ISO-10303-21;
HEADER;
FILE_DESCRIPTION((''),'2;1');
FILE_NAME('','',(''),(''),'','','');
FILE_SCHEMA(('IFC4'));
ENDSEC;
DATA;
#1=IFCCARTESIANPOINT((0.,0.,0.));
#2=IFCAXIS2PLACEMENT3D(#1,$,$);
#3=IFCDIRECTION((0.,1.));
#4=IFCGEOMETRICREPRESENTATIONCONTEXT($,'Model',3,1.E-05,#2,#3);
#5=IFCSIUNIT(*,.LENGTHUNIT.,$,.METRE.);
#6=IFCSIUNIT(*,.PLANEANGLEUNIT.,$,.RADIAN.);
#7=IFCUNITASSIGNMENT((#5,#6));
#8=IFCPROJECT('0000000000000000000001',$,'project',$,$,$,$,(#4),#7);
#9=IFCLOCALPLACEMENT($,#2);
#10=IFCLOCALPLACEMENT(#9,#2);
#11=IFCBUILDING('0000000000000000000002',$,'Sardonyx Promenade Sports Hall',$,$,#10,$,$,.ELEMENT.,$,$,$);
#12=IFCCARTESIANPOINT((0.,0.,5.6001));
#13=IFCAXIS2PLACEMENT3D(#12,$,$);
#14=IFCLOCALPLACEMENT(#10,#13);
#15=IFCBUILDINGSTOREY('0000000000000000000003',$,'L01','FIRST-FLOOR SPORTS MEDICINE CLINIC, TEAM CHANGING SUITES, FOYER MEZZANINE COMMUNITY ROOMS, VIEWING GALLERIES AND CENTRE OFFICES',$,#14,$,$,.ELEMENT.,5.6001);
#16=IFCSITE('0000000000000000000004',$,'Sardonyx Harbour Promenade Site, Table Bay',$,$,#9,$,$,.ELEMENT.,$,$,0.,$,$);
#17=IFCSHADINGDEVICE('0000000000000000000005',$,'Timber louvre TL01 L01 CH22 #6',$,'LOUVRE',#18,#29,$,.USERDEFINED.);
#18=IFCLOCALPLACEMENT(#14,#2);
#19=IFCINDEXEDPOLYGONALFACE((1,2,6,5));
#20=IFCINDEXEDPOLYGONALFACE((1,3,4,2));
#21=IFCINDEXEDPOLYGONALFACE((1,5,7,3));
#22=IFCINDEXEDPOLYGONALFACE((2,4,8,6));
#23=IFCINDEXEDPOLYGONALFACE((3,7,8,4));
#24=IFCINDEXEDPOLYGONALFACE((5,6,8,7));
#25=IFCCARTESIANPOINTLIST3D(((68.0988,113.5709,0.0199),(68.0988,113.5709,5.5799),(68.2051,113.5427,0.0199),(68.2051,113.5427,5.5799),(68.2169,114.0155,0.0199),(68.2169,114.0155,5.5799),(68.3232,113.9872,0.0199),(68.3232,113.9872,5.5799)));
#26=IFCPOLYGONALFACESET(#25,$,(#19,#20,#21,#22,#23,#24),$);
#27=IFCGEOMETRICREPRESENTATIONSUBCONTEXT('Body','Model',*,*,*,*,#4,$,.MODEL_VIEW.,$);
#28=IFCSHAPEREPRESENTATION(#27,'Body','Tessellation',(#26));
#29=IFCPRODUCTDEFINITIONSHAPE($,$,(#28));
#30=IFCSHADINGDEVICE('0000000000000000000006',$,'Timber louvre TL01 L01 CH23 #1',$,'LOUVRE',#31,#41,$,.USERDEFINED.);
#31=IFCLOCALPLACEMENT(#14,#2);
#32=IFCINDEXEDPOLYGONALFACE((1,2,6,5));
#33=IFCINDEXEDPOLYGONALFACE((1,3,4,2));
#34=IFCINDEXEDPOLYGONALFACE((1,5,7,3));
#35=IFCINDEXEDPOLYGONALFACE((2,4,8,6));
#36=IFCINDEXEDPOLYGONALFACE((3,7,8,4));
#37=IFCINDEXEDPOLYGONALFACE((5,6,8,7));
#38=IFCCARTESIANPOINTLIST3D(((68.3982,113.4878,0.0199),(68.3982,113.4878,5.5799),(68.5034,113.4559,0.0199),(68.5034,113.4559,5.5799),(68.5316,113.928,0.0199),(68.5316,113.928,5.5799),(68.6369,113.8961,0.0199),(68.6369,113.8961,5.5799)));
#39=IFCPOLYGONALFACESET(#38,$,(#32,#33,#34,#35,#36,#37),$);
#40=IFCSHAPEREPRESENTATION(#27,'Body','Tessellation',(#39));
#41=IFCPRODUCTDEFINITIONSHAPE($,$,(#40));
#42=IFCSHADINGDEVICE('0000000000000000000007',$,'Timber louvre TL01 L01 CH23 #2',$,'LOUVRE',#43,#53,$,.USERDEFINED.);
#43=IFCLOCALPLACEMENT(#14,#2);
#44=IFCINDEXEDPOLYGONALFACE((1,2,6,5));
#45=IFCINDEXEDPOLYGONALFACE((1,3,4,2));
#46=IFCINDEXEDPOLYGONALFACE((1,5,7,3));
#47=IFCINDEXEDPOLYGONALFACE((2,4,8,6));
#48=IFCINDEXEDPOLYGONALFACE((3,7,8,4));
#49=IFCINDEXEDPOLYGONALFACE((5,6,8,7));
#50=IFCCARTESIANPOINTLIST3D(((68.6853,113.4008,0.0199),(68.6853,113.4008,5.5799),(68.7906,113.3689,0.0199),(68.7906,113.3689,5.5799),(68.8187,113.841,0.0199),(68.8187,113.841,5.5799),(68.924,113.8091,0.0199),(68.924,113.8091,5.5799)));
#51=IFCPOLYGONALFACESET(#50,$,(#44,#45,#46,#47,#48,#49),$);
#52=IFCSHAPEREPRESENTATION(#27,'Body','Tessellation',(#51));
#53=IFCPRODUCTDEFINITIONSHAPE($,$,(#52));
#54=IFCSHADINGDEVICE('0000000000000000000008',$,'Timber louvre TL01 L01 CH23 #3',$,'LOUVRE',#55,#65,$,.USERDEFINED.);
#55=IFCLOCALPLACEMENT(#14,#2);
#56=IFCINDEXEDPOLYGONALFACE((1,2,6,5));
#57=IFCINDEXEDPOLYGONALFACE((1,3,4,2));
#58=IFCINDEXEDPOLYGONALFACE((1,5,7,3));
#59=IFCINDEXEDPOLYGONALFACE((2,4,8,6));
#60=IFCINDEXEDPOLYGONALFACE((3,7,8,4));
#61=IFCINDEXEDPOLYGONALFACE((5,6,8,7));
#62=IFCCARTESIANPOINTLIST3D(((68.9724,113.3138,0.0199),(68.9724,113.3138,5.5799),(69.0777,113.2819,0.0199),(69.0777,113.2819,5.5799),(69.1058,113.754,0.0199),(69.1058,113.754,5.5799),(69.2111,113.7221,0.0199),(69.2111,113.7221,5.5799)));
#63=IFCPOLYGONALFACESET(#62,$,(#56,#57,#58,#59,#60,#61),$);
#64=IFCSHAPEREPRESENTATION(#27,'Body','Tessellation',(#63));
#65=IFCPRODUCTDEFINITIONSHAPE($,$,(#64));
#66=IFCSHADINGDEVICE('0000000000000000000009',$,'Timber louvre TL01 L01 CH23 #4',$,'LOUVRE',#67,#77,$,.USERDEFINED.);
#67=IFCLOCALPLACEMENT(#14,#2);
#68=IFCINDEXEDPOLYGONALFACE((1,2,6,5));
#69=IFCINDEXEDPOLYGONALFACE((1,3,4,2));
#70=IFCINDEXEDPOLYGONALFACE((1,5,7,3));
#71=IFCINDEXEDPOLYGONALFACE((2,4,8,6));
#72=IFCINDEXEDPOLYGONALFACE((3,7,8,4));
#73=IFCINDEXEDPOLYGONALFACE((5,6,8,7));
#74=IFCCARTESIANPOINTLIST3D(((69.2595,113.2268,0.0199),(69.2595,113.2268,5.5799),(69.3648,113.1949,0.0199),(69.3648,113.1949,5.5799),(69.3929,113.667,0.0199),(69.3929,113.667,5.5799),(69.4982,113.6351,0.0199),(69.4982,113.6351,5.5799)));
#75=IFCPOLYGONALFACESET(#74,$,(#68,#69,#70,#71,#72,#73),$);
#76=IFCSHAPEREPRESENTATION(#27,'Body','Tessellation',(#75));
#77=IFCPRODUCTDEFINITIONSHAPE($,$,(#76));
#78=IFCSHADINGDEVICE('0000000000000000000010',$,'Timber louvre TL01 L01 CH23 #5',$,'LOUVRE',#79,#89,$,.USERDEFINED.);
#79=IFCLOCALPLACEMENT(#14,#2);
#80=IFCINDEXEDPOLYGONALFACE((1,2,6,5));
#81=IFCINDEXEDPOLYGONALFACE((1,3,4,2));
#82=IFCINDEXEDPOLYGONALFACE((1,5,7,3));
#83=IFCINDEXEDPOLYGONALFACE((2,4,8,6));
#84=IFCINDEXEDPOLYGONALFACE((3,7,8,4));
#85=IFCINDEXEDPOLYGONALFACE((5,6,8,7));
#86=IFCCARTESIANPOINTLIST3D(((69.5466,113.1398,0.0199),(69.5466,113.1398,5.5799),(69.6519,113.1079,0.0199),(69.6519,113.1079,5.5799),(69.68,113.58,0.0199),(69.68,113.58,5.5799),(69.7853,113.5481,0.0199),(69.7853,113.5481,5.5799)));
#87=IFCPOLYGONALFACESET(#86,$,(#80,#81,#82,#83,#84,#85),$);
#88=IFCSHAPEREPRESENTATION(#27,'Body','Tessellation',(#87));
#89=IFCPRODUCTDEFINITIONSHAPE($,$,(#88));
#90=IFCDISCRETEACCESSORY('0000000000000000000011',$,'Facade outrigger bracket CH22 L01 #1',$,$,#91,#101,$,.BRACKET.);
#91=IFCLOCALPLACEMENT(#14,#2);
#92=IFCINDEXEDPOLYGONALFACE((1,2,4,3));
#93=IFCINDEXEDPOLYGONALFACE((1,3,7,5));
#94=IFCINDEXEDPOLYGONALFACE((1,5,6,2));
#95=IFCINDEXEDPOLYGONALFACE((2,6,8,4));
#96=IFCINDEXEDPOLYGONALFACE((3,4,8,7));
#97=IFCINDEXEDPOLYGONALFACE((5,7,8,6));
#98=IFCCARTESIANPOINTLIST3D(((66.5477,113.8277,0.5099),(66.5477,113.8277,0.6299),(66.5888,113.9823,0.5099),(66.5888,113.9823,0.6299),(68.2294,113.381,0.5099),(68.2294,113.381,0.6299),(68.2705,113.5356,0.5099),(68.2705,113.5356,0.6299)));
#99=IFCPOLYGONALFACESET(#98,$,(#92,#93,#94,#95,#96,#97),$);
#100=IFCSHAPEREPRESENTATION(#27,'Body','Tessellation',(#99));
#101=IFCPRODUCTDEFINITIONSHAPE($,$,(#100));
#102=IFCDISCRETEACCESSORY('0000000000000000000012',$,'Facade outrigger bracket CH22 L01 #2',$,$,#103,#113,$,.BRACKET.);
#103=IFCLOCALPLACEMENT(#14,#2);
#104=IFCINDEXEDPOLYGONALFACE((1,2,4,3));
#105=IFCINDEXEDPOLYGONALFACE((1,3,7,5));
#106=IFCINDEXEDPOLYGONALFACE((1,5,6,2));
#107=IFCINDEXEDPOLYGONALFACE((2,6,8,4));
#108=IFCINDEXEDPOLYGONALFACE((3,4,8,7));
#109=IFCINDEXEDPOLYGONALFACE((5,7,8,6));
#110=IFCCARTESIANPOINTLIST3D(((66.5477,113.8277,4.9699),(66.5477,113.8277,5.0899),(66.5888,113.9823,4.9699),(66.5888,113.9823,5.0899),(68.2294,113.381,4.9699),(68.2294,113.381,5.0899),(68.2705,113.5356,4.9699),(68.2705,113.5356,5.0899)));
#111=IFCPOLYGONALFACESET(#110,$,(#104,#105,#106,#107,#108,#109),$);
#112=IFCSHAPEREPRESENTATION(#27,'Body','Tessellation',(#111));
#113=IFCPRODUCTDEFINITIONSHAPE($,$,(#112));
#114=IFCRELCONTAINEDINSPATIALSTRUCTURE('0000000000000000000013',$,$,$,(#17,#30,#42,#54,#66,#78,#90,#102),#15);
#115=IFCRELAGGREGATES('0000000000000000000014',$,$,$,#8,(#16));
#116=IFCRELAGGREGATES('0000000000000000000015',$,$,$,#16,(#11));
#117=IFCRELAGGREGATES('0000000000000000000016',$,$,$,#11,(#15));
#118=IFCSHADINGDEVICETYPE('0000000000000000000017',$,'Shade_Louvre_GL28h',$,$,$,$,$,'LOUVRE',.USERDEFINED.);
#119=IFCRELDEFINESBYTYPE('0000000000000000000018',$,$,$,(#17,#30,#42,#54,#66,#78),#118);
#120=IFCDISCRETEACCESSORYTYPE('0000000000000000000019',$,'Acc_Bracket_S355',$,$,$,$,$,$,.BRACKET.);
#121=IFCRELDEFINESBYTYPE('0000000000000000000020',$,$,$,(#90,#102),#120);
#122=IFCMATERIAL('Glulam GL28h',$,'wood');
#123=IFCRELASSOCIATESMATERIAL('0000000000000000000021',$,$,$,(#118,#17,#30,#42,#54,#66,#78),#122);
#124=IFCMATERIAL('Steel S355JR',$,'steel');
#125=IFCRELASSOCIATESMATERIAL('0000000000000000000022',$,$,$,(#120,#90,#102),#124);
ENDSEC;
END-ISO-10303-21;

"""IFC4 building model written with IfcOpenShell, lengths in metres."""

from ifc_helpers import new_model, si_unit, direction, frame, origin, place, context, subcontext, project, spatial, rectangle, extrude, material, type_object, element, save


model = new_model("IFC4")

# Units and contexts
model_context = context("Model", 3, precision=1e-05, world=origin(), true_north=direction((0.0, 1.0)))
body_context = subcontext(model_context, "Body", "Model", "MODEL_VIEW")
ifc_project = project(units=[si_unit("LENGTHUNIT", "METRE"), si_unit("PLANEANGLEUNIT", "RADIAN")], contexts=[model_context])

# Site, building, storey
site_placement = place(None, origin())
site = spatial("IfcSite", under=ifc_project, at=site_placement, Name="Sardonyx Harbour Promenade Site, Table Bay", CompositionType="ELEMENT", RefElevation=0.0)
building_placement = place(site_placement, origin())
building = spatial("IfcBuilding", under=site, at=building_placement, Name="Sardonyx Promenade Sports Hall", CompositionType="ELEMENT")
storey_placement = place(building_placement, frame((0.0, 0.0, 5.6001)))
storey = spatial("IfcBuildingStorey", under=building, at=storey_placement, Name="L01", Description="FIRST-FLOOR SPORTS MEDICINE CLINIC, TEAM CHANGING SUITES, FOYER MEZZANINE COMMUNITY ROOMS, VIEWING GALLERIES AND CENTRE OFFICES", CompositionType="ELEMENT", Elevation=5.6001)

# Shading devices
ifc_material_1 = material(Name="Glulam GL28h", Category="wood")
shading_device_type = type_object("IfcShadingDeviceType", Name="Shade_Louvre_GL28h", ElementType="LOUVRE", PredefinedType="USERDEFINED", material=ifc_material_1)
for number, where, z_axis, x_axis, name in (
    (1, (68.211, 113.7791, 0.0199), (0.0, 0.0, 1.0), (0.966485, -0.256721, 0.0), "Timber louvre TL01 L01 CH22 #6"),
    (2, (68.5175, 113.692, 0.0199), (0.0, 0.0, 1.0), (0.957021, -0.290017, 0.0), "Timber louvre TL01 L01 CH23 #1"),
    (3, (68.8046, 113.6049, 0.0199), (0.0, 0.0, 1.0), (0.957021, -0.290017, 0.0), "Timber louvre TL01 L01 CH23 #2"),
    (4, (69.0917, 113.5179, 0.0199), (0.0, 0.0, 1.0), (0.957021, -0.290017, 0.0), "Timber louvre TL01 L01 CH23 #3"),
    (5, (69.3788, 113.4309, 0.0199), (0.0, 0.0, 1.0), (0.957021, -0.290017, 0.0), "Timber louvre TL01 L01 CH23 #4"),
    (6, (69.6659, 113.3439, 0.0199), (0.0, 0.0, 1.0), (0.957021, -0.290017, 0.0), "Timber louvre TL01 L01 CH23 #5"),
):
    element("IfcShadingDevice", number, at=place(storey_placement, frame(where, z_axis=z_axis, x_axis=x_axis)), inside=storey, type_object=shading_device_type, material=ifc_material_1, Name=name, ObjectType="LOUVRE", PredefinedType="USERDEFINED", context=body_context, shape_type="SweptSolid", body=[
        extrude(rectangle(XDim=0.11, YDim=0.46), origin(), (0.0, 0.0, 1.0), 5.56),
    ])

# Discrete accessories
ifc_material_2 = material(Name="Steel S355JR", Category="steel")
discrete_accessory_type = type_object("IfcDiscreteAccessoryType", Name="Acc_Bracket_S355", PredefinedType="BRACKET", material=ifc_material_2)
for number, where, z_axis, x_axis, name in (
    (7, (67.4091, 113.6817, 0.5099), (0.0, 0.0, 1.0), (0.966485, -0.256721, 0.0), "Facade outrigger bracket CH22 L01 #1"),
    (8, (67.4091, 113.6817, 4.9699), (0.0, 0.0, 1.0), (0.966485, -0.256721, 0.0), "Facade outrigger bracket CH22 L01 #2"),
):
    element("IfcDiscreteAccessory", number, at=place(storey_placement, frame(where, z_axis=z_axis, x_axis=x_axis)), inside=storey, type_object=discrete_accessory_type, material=ifc_material_2, Name=name, PredefinedType="BRACKET", context=body_context, shape_type="SweptSolid", body=[
        extrude(rectangle(XDim=1.74, YDim=0.16), origin(), (0.0, 0.0, 1.0), 0.12),
    ])

save(model, "model.ifc")
